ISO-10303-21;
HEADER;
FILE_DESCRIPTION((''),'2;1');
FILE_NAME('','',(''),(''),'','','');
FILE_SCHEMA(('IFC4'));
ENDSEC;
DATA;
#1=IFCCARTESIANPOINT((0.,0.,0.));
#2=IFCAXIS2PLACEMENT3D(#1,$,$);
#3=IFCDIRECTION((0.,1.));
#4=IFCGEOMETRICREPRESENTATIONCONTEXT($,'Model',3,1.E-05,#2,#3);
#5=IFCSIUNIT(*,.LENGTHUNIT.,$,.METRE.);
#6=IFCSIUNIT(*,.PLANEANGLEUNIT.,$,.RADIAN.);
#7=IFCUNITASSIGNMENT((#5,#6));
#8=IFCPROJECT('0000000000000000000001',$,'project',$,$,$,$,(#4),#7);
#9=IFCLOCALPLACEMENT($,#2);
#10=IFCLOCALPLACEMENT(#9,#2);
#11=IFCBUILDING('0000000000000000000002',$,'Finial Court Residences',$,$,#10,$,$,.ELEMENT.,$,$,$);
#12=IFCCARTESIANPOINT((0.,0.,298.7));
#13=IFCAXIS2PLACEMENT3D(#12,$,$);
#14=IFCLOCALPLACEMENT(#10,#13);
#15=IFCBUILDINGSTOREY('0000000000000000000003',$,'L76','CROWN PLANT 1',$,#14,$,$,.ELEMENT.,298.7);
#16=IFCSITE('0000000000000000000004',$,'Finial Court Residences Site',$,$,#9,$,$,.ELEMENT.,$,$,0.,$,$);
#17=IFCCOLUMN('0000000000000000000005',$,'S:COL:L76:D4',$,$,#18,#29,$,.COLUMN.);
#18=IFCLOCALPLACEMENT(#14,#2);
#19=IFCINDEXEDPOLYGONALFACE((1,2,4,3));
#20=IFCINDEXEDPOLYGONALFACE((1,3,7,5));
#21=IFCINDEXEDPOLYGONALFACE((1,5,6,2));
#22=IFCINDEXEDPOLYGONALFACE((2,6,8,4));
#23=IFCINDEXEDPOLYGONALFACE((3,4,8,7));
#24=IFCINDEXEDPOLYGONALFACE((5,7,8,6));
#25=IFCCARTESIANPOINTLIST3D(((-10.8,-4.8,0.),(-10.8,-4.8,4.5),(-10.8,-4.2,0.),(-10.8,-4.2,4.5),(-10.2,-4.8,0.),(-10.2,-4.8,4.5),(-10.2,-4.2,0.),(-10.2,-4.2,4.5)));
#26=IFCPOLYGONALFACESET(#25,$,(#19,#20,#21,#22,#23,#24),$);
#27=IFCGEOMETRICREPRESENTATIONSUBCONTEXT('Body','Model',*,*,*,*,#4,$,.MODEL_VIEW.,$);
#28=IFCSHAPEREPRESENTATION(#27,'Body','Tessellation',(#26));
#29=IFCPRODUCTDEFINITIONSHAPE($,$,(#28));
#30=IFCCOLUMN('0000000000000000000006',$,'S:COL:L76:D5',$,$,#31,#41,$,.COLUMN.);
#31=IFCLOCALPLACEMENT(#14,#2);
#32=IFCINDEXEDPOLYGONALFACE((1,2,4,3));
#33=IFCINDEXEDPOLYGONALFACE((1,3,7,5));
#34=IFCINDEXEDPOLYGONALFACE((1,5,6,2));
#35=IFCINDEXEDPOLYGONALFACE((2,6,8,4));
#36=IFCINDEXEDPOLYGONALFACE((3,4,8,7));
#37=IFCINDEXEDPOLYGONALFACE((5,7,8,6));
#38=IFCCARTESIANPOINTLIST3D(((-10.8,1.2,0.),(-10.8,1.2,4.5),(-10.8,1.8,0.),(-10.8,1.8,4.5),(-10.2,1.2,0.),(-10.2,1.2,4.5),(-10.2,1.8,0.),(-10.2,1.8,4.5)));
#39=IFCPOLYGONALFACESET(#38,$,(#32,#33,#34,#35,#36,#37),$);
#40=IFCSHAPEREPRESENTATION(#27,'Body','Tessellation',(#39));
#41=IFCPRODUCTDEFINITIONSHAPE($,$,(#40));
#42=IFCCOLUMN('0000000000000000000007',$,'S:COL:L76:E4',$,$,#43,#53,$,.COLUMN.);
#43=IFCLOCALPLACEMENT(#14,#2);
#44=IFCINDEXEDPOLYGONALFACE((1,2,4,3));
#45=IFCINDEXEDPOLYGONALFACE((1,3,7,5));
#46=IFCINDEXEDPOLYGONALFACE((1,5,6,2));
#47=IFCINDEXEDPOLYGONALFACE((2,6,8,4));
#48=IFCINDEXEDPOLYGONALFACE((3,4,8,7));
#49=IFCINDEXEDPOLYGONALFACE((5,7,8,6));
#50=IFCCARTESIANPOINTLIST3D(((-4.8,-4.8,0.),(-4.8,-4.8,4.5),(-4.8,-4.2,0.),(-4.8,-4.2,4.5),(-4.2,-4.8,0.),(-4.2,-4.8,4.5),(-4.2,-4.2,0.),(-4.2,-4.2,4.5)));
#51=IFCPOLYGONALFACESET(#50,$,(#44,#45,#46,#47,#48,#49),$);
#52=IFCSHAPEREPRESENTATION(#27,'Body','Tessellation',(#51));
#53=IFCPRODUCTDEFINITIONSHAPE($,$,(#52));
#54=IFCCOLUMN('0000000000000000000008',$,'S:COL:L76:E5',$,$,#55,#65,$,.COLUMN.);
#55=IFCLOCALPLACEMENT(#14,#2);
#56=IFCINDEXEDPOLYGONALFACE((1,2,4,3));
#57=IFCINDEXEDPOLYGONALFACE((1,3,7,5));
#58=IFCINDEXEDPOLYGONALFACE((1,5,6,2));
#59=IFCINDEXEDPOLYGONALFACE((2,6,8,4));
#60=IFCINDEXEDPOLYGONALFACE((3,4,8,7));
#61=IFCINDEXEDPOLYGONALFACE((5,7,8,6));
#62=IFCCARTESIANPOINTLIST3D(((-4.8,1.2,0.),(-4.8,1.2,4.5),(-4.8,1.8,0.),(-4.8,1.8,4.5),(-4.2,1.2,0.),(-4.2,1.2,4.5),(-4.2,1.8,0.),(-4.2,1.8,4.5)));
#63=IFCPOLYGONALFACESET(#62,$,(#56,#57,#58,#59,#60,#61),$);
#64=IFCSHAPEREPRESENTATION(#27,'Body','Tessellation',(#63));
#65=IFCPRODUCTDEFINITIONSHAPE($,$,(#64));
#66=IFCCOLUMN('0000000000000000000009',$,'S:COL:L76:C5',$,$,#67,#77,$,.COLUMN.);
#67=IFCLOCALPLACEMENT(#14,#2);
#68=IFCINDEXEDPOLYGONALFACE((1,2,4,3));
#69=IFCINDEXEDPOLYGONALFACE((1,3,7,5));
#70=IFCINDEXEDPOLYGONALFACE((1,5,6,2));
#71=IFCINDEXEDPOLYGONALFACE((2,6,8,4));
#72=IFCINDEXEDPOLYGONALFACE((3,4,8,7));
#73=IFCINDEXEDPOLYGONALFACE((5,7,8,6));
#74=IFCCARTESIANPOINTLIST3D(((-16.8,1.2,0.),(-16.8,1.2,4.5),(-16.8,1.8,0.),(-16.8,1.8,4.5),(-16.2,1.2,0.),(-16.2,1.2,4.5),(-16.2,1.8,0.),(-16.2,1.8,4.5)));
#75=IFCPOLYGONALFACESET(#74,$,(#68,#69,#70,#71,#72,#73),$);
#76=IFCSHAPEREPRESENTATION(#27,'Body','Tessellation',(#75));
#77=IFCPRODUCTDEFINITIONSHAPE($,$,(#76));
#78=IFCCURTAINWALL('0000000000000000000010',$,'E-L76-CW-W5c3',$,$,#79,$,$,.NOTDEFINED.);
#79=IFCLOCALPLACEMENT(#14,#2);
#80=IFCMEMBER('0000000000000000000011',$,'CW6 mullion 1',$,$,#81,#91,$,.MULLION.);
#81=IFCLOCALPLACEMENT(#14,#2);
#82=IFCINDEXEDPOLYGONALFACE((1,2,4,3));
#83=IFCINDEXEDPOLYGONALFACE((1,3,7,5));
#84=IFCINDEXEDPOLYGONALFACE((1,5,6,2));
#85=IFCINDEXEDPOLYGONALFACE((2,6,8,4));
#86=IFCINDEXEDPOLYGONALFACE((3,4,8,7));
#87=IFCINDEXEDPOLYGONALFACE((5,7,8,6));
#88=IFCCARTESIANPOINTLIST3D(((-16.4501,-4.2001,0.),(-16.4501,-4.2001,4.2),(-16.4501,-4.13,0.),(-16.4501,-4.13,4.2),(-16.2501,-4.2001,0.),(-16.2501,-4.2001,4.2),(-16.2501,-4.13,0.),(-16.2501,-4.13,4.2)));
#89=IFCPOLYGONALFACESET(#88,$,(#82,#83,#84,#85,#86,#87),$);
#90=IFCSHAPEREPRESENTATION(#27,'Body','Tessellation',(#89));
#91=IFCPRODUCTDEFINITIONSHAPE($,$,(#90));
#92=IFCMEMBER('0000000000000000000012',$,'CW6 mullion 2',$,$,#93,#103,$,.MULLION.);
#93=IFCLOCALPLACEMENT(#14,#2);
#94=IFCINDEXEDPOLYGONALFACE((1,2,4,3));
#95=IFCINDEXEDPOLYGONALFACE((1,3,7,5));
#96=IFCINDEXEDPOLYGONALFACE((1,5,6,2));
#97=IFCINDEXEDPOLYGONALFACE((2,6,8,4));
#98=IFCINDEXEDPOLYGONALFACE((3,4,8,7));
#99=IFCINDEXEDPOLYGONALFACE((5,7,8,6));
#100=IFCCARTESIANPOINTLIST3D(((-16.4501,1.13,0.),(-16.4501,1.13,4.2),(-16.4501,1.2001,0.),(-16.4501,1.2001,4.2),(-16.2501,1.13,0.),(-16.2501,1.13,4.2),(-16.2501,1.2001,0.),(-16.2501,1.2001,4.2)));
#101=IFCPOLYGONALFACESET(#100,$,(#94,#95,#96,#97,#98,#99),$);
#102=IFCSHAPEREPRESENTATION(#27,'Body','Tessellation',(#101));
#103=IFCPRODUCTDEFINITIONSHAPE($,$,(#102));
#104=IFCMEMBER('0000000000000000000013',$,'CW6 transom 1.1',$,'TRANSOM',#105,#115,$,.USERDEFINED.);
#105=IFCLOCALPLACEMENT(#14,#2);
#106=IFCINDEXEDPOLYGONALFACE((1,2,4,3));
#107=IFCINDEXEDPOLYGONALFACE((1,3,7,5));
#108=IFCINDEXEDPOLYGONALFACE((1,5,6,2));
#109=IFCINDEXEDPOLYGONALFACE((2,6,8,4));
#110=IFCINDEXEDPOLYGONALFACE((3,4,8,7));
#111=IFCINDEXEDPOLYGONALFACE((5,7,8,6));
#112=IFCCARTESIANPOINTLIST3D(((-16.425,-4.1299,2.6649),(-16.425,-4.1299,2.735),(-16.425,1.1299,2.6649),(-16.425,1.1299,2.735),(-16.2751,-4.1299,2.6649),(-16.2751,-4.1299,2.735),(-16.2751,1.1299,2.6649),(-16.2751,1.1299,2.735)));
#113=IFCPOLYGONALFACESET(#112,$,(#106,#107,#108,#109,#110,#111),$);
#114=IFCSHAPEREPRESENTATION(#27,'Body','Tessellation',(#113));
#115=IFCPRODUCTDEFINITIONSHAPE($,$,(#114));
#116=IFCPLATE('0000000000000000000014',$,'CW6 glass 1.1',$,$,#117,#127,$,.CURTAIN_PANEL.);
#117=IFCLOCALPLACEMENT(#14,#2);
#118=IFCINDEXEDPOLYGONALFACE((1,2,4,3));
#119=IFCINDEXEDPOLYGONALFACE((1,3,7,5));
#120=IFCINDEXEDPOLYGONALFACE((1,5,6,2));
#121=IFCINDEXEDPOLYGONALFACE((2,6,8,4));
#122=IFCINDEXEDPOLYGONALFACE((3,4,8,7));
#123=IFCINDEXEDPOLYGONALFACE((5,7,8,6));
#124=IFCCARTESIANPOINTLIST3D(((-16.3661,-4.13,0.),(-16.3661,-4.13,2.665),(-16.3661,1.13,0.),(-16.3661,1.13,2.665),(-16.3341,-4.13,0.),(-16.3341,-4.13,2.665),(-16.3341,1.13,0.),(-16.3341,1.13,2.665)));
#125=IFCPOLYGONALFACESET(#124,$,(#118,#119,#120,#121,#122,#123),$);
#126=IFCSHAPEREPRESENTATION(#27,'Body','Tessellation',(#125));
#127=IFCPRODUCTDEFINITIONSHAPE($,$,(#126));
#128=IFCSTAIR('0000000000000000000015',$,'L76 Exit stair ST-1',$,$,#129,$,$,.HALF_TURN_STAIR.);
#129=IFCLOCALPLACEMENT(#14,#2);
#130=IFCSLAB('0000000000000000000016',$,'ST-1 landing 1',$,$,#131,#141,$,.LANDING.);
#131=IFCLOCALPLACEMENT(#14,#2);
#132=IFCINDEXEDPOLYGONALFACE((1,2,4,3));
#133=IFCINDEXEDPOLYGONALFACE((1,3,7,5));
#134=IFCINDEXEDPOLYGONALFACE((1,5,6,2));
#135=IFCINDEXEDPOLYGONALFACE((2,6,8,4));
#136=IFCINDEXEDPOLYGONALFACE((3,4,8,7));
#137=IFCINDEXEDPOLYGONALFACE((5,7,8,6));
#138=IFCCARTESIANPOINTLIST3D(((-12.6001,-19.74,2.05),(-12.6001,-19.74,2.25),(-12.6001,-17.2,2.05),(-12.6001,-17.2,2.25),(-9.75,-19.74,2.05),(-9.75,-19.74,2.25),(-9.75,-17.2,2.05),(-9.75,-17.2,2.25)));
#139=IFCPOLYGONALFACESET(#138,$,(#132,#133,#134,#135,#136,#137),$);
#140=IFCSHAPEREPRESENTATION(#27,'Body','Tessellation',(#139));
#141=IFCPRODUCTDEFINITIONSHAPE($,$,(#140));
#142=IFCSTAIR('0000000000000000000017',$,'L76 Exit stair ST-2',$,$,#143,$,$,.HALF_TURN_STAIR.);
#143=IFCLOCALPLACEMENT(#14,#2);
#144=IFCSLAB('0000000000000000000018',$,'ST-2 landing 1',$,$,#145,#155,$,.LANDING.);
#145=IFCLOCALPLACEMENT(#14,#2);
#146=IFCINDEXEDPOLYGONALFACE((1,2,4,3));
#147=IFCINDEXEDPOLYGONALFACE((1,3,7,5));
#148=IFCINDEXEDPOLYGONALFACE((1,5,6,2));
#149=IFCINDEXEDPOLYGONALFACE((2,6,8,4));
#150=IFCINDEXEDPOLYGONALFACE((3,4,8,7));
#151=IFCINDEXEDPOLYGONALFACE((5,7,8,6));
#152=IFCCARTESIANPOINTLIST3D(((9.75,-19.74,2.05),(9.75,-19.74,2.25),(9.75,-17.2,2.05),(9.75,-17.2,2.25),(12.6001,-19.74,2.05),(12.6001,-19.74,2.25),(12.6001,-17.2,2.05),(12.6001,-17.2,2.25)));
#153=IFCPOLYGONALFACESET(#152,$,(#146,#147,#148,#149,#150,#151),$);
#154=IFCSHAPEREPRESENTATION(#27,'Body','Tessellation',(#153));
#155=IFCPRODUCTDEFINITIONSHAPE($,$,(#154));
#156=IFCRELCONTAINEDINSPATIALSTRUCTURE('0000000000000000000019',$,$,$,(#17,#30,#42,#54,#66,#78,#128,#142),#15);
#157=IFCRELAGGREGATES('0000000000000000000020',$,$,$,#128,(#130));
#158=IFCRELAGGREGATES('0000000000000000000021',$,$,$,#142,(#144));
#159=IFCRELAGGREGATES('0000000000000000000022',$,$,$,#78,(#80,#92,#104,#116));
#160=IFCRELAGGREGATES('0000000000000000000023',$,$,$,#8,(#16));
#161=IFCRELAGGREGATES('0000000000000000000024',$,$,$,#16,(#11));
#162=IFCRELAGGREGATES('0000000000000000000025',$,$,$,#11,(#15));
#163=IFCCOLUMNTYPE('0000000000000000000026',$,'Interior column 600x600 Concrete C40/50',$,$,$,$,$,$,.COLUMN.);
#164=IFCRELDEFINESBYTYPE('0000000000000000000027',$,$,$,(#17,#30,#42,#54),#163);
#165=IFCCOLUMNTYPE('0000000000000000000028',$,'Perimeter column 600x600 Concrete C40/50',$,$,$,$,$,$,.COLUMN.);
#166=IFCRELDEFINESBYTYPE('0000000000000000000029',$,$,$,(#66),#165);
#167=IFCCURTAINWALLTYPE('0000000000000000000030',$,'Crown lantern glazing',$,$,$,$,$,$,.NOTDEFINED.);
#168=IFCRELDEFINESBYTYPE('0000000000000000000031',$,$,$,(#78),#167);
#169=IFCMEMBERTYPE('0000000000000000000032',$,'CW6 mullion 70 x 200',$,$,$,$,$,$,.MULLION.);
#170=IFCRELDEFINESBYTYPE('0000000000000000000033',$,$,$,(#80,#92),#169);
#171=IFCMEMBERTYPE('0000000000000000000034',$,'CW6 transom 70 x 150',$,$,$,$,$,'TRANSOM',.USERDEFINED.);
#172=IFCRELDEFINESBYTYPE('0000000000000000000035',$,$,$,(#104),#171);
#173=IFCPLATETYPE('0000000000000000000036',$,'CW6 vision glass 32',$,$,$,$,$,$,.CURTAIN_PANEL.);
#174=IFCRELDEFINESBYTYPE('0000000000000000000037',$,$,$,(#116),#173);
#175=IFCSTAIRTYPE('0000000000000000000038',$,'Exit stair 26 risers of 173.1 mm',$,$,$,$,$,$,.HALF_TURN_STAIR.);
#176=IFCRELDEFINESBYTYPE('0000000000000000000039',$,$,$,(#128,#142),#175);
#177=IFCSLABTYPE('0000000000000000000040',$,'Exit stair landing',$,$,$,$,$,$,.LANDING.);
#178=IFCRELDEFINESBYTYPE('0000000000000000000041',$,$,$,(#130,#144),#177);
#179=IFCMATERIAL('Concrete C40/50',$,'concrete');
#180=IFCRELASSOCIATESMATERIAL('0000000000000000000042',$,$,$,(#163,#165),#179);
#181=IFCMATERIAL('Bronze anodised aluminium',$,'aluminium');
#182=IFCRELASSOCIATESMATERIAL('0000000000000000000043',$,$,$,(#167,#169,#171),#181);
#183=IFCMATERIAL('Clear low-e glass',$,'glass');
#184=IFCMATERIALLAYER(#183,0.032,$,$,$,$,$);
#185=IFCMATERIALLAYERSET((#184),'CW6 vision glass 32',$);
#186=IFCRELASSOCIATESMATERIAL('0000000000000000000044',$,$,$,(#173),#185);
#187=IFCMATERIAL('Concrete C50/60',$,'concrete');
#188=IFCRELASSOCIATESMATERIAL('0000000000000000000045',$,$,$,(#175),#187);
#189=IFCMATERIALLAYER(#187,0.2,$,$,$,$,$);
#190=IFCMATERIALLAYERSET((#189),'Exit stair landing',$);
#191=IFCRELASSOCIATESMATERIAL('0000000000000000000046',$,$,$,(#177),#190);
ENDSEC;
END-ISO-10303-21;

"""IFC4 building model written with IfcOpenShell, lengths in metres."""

from ifc_helpers import new_model, si_unit, direction, frame, origin, origin_2d, place, context, subcontext, project, spatial, polyline, rectangle, outline, extrude, material, layer, layer_set, material_profile, profile_set, type_object, element, aggregate, save


model = new_model("IFC4")

# Units and contexts
model_context = context("Model", 3, precision=1e-05, world=origin(), true_north=direction((0.0, 1.0)))
body_context = subcontext(model_context, "Body", "Model", "MODEL_VIEW")
ifc_project = project(units=[si_unit("LENGTHUNIT", "METRE"), si_unit("PLANEANGLEUNIT", "RADIAN")], contexts=[model_context])

# Site, building, storey
site_placement = place(None, origin())
site = spatial("IfcSite", under=ifc_project, at=site_placement, Name="Finial Court Residences Site", CompositionType="ELEMENT", RefElevation=0.0)
building_placement = place(site_placement, origin())
building = spatial("IfcBuilding", under=site, at=building_placement, Name="Finial Court Residences", CompositionType="ELEMENT")
storey_placement = place(building_placement, frame((0.0, 0.0, 298.7)))
storey = spatial("IfcBuildingStorey", under=building, at=storey_placement, Name="L76", Description="CROWN PLANT 1", CompositionType="ELEMENT", Elevation=298.7)

# Columns
ifc_material_1 = material(Name="Concrete C40/50", Category="concrete")
ifc_material_profile_1 = material_profile(ifc_material_1, rectangle(XDim=0.6001, YDim=0.6001, at=origin_2d()), Name="600x600")
ifc_profile_set_1 = profile_set([ifc_material_profile_1], Name="Concrete C40/50")
column_type_1 = type_object("IfcColumnType", Name="Interior column 600x600 Concrete C40/50", PredefinedType="COLUMN", material=ifc_profile_set_1)
for number, where, z_axis, x_axis, name in (
    (1, (-10.5, -4.5, 0.0), (0.0, 0.0, 1.0), (1.0, 0.0, 0.0), "S:COL:L76:D4"),
    (2, (-10.5, 1.5, 0.0), (0.0, 0.0, 1.0), (1.0, 0.0, 0.0), "S:COL:L76:D5"),
    (3, (-4.5, -4.5, 0.0), (0.0, 0.0, 1.0), (1.0, 0.0, 0.0), "S:COL:L76:E4"),
    (4, (-4.5, 1.5, 0.0), (0.0, 0.0, 1.0), (1.0, 0.0, 0.0), "S:COL:L76:E5"),
):
    element("IfcColumn", number, at=place(storey_placement, frame(where, z_axis=z_axis, x_axis=x_axis)), inside=storey, type_object=column_type_1, Name=name, PredefinedType="COLUMN", context=body_context, shape_type="SweptSolid", body=[
        extrude(rectangle(XDim=0.6001, YDim=0.6001, at=origin_2d()), origin(), (0.0, 0.0, 1.0), 4.5),
    ])
ifc_material_profile_2 = material_profile(ifc_material_1, rectangle(XDim=0.6001, YDim=0.6001, at=origin_2d()), Name="600x600")
ifc_profile_set_2 = profile_set([ifc_material_profile_2], Name="Concrete C40/50")
column_type_2 = type_object("IfcColumnType", Name="Perimeter column 600x600 Concrete C40/50", PredefinedType="COLUMN", material=ifc_profile_set_2)
column_placement = place(storey_placement, frame((-16.5, 1.5, 0.0), z_axis=(0.0, 0.0, 1.0), x_axis=(1.0, 0.0, 0.0)))
element("IfcColumn", 5, at=column_placement, inside=storey, type_object=column_type_2, Name="S:COL:L76:C5", PredefinedType="COLUMN", context=body_context, shape_type="SweptSolid", body=[
    extrude(rectangle(XDim=0.6001, YDim=0.6001, at=origin_2d()), origin(), (0.0, 0.0, 1.0), 4.5),
])

# Curtain wall, members, plate
ifc_material_2 = material(Name="Bronze anodised aluminium", Category="aluminium")
curtain_wall_type = type_object("IfcCurtainWallType", Name="Crown lantern glazing", PredefinedType="NOTDEFINED", material=ifc_material_2)
curtain_wall_placement = place(storey_placement, origin())
curtain_wall = element("IfcCurtainWall", 6, at=curtain_wall_placement, inside=storey, type_object=curtain_wall_type, Name="E-L76-CW-W5c3", PredefinedType="NOTDEFINED")
ifc_material_profile_3 = material_profile(ifc_material_2, rectangle(XDim=0.2, YDim=0.0701, at=origin_2d()), Name="CW6 mullion 70 x 200")
ifc_profile_set_3 = profile_set([ifc_material_profile_3], Name="Bronze anodised aluminium")
member_type_1 = type_object("IfcMemberType", Name="CW6 mullion 70 x 200", PredefinedType="MULLION", material=ifc_profile_set_3)
member_1_placement = place(storey_placement, frame((-16.3501, -4.165, 0.0), z_axis=(0.0, 0.0, 1.0), x_axis=(-1.0, 0.0, 0.0)))
member_1 = element("IfcMember", 7, at=member_1_placement, type_object=member_type_1, Name="CW6 mullion 1", PredefinedType="MULLION", context=body_context, shape_type="SweptSolid", body=[
    extrude(rectangle(XDim=0.2, YDim=0.0701, at=origin_2d()), origin(), (0.0, 0.0, 1.0), 4.2),
])
member_2_placement = place(storey_placement, frame((-16.3501, 1.165, 0.0), z_axis=(0.0, 0.0, 1.0), x_axis=(-1.0, 0.0, 0.0)))
member_2 = element("IfcMember", 8, at=member_2_placement, type_object=member_type_1, Name="CW6 mullion 2", PredefinedType="MULLION", context=body_context, shape_type="SweptSolid", body=[
    extrude(rectangle(XDim=0.2, YDim=0.0701, at=origin_2d()), origin(), (0.0, 0.0, 1.0), 4.2),
])
ifc_material_profile_4 = material_profile(ifc_material_2, rectangle(XDim=0.1499, YDim=0.0701, at=origin_2d()), Name="CW6 transom 70 x 150")
ifc_profile_set_4 = profile_set([ifc_material_profile_4], Name="Bronze anodised aluminium")
member_type_2 = type_object("IfcMemberType", Name="CW6 transom 70 x 150", ElementType="TRANSOM", PredefinedType="USERDEFINED", material=ifc_profile_set_4)
member_3_placement = place(storey_placement, frame((-16.3501, -4.1299, 2.7), z_axis=(0.0, 1.0, 0.0), x_axis=(-1.0, 0.0, 0.0)))
member_3 = element("IfcMember", 9, at=member_3_placement, type_object=member_type_2, Name="CW6 transom 1.1", ObjectType="TRANSOM", PredefinedType="USERDEFINED", context=body_context, shape_type="SweptSolid", body=[
    extrude(rectangle(XDim=0.1499, YDim=0.0701, at=origin_2d()), origin(), (0.0, 0.0, 1.0), 5.2598),
])
ifc_material_3 = material(Name="Clear low-e glass", Category="glass")
ifc_layer_1 = layer(ifc_material_3, 0.032)
ifc_layer_set_1 = layer_set([ifc_layer_1], Name="CW6 vision glass 32")
plate_type = type_object("IfcPlateType", Name="CW6 vision glass 32", PredefinedType="CURTAIN_PANEL", material=ifc_layer_set_1)
plate_placement = place(storey_placement, frame((-16.3501, -1.5, 0.0), z_axis=(0.0, 0.0, 1.0), x_axis=(0.0, 1.0, 0.0)))
plate = element("IfcPlate", 10, at=plate_placement, type_object=plate_type, Name="CW6 glass 1.1", PredefinedType="CURTAIN_PANEL", context=body_context, shape_type="SweptSolid", body=[
    extrude(rectangle(XDim=5.26, YDim=0.032, at=origin_2d()), origin(), (0.0, 0.0, 1.0), 2.665),
])

# Stairs, slabs
ifc_material_4 = material(Name="Concrete C50/60", Category="concrete")
stair_type = type_object("IfcStairType", Name="Exit stair 26 risers of 173.1 mm", PredefinedType="HALF_TURN_STAIR", material=ifc_material_4)
stair_1_placement = place(storey_placement, origin())
stair_1 = element("IfcStair", 11, at=stair_1_placement, inside=storey, type_object=stair_type, Name="L76 Exit stair ST-1", PredefinedType="HALF_TURN_STAIR")
ifc_layer_2 = layer(ifc_material_4, 0.2)
ifc_layer_set_2 = layer_set([ifc_layer_2], Name="Exit stair landing")
slab_type_1 = type_object("IfcSlabType", Name="Exit stair landing", PredefinedType="LANDING", material=ifc_layer_set_2)
slab_1_placement = place(storey_placement, frame((0.0, 0.0, 2.05)))
slab_1 = element("IfcSlab", 12, at=slab_1_placement, type_object=slab_type_1, Name="ST-1 landing 1", PredefinedType="LANDING", context=body_context, shape_type="SweptSolid", body=[
    extrude(outline(polyline([(-9.75, -19.74), (-9.75, -17.2), (-12.6001, -17.2), (-12.6001, -19.74), (-9.75, -19.74)])), origin(), (0.0, 0.0, 1.0), 0.2),
])
aggregate(stair_1, [slab_1])
stair_2_placement = place(storey_placement, origin())
stair_2 = element("IfcStair", 13, at=stair_2_placement, inside=storey, type_object=stair_type, Name="L76 Exit stair ST-2", PredefinedType="HALF_TURN_STAIR")
slab_2_placement = place(storey_placement, frame((0.0, 0.0, 2.05)))
slab_2 = element("IfcSlab", 14, at=slab_2_placement, type_object=slab_type_1, Name="ST-2 landing 1", PredefinedType="LANDING", context=body_context, shape_type="SweptSolid", body=[
    extrude(outline(polyline([(12.6001, -19.74), (12.6001, -17.2), (9.75, -17.2), (9.75, -19.74), (12.6001, -19.74)])), origin(), (0.0, 0.0, 1.0), 0.2),
])
aggregate(stair_2, [slab_2])

aggregate(curtain_wall, [member_1, member_2, member_3, plate])

save(model, "model.ifc")
